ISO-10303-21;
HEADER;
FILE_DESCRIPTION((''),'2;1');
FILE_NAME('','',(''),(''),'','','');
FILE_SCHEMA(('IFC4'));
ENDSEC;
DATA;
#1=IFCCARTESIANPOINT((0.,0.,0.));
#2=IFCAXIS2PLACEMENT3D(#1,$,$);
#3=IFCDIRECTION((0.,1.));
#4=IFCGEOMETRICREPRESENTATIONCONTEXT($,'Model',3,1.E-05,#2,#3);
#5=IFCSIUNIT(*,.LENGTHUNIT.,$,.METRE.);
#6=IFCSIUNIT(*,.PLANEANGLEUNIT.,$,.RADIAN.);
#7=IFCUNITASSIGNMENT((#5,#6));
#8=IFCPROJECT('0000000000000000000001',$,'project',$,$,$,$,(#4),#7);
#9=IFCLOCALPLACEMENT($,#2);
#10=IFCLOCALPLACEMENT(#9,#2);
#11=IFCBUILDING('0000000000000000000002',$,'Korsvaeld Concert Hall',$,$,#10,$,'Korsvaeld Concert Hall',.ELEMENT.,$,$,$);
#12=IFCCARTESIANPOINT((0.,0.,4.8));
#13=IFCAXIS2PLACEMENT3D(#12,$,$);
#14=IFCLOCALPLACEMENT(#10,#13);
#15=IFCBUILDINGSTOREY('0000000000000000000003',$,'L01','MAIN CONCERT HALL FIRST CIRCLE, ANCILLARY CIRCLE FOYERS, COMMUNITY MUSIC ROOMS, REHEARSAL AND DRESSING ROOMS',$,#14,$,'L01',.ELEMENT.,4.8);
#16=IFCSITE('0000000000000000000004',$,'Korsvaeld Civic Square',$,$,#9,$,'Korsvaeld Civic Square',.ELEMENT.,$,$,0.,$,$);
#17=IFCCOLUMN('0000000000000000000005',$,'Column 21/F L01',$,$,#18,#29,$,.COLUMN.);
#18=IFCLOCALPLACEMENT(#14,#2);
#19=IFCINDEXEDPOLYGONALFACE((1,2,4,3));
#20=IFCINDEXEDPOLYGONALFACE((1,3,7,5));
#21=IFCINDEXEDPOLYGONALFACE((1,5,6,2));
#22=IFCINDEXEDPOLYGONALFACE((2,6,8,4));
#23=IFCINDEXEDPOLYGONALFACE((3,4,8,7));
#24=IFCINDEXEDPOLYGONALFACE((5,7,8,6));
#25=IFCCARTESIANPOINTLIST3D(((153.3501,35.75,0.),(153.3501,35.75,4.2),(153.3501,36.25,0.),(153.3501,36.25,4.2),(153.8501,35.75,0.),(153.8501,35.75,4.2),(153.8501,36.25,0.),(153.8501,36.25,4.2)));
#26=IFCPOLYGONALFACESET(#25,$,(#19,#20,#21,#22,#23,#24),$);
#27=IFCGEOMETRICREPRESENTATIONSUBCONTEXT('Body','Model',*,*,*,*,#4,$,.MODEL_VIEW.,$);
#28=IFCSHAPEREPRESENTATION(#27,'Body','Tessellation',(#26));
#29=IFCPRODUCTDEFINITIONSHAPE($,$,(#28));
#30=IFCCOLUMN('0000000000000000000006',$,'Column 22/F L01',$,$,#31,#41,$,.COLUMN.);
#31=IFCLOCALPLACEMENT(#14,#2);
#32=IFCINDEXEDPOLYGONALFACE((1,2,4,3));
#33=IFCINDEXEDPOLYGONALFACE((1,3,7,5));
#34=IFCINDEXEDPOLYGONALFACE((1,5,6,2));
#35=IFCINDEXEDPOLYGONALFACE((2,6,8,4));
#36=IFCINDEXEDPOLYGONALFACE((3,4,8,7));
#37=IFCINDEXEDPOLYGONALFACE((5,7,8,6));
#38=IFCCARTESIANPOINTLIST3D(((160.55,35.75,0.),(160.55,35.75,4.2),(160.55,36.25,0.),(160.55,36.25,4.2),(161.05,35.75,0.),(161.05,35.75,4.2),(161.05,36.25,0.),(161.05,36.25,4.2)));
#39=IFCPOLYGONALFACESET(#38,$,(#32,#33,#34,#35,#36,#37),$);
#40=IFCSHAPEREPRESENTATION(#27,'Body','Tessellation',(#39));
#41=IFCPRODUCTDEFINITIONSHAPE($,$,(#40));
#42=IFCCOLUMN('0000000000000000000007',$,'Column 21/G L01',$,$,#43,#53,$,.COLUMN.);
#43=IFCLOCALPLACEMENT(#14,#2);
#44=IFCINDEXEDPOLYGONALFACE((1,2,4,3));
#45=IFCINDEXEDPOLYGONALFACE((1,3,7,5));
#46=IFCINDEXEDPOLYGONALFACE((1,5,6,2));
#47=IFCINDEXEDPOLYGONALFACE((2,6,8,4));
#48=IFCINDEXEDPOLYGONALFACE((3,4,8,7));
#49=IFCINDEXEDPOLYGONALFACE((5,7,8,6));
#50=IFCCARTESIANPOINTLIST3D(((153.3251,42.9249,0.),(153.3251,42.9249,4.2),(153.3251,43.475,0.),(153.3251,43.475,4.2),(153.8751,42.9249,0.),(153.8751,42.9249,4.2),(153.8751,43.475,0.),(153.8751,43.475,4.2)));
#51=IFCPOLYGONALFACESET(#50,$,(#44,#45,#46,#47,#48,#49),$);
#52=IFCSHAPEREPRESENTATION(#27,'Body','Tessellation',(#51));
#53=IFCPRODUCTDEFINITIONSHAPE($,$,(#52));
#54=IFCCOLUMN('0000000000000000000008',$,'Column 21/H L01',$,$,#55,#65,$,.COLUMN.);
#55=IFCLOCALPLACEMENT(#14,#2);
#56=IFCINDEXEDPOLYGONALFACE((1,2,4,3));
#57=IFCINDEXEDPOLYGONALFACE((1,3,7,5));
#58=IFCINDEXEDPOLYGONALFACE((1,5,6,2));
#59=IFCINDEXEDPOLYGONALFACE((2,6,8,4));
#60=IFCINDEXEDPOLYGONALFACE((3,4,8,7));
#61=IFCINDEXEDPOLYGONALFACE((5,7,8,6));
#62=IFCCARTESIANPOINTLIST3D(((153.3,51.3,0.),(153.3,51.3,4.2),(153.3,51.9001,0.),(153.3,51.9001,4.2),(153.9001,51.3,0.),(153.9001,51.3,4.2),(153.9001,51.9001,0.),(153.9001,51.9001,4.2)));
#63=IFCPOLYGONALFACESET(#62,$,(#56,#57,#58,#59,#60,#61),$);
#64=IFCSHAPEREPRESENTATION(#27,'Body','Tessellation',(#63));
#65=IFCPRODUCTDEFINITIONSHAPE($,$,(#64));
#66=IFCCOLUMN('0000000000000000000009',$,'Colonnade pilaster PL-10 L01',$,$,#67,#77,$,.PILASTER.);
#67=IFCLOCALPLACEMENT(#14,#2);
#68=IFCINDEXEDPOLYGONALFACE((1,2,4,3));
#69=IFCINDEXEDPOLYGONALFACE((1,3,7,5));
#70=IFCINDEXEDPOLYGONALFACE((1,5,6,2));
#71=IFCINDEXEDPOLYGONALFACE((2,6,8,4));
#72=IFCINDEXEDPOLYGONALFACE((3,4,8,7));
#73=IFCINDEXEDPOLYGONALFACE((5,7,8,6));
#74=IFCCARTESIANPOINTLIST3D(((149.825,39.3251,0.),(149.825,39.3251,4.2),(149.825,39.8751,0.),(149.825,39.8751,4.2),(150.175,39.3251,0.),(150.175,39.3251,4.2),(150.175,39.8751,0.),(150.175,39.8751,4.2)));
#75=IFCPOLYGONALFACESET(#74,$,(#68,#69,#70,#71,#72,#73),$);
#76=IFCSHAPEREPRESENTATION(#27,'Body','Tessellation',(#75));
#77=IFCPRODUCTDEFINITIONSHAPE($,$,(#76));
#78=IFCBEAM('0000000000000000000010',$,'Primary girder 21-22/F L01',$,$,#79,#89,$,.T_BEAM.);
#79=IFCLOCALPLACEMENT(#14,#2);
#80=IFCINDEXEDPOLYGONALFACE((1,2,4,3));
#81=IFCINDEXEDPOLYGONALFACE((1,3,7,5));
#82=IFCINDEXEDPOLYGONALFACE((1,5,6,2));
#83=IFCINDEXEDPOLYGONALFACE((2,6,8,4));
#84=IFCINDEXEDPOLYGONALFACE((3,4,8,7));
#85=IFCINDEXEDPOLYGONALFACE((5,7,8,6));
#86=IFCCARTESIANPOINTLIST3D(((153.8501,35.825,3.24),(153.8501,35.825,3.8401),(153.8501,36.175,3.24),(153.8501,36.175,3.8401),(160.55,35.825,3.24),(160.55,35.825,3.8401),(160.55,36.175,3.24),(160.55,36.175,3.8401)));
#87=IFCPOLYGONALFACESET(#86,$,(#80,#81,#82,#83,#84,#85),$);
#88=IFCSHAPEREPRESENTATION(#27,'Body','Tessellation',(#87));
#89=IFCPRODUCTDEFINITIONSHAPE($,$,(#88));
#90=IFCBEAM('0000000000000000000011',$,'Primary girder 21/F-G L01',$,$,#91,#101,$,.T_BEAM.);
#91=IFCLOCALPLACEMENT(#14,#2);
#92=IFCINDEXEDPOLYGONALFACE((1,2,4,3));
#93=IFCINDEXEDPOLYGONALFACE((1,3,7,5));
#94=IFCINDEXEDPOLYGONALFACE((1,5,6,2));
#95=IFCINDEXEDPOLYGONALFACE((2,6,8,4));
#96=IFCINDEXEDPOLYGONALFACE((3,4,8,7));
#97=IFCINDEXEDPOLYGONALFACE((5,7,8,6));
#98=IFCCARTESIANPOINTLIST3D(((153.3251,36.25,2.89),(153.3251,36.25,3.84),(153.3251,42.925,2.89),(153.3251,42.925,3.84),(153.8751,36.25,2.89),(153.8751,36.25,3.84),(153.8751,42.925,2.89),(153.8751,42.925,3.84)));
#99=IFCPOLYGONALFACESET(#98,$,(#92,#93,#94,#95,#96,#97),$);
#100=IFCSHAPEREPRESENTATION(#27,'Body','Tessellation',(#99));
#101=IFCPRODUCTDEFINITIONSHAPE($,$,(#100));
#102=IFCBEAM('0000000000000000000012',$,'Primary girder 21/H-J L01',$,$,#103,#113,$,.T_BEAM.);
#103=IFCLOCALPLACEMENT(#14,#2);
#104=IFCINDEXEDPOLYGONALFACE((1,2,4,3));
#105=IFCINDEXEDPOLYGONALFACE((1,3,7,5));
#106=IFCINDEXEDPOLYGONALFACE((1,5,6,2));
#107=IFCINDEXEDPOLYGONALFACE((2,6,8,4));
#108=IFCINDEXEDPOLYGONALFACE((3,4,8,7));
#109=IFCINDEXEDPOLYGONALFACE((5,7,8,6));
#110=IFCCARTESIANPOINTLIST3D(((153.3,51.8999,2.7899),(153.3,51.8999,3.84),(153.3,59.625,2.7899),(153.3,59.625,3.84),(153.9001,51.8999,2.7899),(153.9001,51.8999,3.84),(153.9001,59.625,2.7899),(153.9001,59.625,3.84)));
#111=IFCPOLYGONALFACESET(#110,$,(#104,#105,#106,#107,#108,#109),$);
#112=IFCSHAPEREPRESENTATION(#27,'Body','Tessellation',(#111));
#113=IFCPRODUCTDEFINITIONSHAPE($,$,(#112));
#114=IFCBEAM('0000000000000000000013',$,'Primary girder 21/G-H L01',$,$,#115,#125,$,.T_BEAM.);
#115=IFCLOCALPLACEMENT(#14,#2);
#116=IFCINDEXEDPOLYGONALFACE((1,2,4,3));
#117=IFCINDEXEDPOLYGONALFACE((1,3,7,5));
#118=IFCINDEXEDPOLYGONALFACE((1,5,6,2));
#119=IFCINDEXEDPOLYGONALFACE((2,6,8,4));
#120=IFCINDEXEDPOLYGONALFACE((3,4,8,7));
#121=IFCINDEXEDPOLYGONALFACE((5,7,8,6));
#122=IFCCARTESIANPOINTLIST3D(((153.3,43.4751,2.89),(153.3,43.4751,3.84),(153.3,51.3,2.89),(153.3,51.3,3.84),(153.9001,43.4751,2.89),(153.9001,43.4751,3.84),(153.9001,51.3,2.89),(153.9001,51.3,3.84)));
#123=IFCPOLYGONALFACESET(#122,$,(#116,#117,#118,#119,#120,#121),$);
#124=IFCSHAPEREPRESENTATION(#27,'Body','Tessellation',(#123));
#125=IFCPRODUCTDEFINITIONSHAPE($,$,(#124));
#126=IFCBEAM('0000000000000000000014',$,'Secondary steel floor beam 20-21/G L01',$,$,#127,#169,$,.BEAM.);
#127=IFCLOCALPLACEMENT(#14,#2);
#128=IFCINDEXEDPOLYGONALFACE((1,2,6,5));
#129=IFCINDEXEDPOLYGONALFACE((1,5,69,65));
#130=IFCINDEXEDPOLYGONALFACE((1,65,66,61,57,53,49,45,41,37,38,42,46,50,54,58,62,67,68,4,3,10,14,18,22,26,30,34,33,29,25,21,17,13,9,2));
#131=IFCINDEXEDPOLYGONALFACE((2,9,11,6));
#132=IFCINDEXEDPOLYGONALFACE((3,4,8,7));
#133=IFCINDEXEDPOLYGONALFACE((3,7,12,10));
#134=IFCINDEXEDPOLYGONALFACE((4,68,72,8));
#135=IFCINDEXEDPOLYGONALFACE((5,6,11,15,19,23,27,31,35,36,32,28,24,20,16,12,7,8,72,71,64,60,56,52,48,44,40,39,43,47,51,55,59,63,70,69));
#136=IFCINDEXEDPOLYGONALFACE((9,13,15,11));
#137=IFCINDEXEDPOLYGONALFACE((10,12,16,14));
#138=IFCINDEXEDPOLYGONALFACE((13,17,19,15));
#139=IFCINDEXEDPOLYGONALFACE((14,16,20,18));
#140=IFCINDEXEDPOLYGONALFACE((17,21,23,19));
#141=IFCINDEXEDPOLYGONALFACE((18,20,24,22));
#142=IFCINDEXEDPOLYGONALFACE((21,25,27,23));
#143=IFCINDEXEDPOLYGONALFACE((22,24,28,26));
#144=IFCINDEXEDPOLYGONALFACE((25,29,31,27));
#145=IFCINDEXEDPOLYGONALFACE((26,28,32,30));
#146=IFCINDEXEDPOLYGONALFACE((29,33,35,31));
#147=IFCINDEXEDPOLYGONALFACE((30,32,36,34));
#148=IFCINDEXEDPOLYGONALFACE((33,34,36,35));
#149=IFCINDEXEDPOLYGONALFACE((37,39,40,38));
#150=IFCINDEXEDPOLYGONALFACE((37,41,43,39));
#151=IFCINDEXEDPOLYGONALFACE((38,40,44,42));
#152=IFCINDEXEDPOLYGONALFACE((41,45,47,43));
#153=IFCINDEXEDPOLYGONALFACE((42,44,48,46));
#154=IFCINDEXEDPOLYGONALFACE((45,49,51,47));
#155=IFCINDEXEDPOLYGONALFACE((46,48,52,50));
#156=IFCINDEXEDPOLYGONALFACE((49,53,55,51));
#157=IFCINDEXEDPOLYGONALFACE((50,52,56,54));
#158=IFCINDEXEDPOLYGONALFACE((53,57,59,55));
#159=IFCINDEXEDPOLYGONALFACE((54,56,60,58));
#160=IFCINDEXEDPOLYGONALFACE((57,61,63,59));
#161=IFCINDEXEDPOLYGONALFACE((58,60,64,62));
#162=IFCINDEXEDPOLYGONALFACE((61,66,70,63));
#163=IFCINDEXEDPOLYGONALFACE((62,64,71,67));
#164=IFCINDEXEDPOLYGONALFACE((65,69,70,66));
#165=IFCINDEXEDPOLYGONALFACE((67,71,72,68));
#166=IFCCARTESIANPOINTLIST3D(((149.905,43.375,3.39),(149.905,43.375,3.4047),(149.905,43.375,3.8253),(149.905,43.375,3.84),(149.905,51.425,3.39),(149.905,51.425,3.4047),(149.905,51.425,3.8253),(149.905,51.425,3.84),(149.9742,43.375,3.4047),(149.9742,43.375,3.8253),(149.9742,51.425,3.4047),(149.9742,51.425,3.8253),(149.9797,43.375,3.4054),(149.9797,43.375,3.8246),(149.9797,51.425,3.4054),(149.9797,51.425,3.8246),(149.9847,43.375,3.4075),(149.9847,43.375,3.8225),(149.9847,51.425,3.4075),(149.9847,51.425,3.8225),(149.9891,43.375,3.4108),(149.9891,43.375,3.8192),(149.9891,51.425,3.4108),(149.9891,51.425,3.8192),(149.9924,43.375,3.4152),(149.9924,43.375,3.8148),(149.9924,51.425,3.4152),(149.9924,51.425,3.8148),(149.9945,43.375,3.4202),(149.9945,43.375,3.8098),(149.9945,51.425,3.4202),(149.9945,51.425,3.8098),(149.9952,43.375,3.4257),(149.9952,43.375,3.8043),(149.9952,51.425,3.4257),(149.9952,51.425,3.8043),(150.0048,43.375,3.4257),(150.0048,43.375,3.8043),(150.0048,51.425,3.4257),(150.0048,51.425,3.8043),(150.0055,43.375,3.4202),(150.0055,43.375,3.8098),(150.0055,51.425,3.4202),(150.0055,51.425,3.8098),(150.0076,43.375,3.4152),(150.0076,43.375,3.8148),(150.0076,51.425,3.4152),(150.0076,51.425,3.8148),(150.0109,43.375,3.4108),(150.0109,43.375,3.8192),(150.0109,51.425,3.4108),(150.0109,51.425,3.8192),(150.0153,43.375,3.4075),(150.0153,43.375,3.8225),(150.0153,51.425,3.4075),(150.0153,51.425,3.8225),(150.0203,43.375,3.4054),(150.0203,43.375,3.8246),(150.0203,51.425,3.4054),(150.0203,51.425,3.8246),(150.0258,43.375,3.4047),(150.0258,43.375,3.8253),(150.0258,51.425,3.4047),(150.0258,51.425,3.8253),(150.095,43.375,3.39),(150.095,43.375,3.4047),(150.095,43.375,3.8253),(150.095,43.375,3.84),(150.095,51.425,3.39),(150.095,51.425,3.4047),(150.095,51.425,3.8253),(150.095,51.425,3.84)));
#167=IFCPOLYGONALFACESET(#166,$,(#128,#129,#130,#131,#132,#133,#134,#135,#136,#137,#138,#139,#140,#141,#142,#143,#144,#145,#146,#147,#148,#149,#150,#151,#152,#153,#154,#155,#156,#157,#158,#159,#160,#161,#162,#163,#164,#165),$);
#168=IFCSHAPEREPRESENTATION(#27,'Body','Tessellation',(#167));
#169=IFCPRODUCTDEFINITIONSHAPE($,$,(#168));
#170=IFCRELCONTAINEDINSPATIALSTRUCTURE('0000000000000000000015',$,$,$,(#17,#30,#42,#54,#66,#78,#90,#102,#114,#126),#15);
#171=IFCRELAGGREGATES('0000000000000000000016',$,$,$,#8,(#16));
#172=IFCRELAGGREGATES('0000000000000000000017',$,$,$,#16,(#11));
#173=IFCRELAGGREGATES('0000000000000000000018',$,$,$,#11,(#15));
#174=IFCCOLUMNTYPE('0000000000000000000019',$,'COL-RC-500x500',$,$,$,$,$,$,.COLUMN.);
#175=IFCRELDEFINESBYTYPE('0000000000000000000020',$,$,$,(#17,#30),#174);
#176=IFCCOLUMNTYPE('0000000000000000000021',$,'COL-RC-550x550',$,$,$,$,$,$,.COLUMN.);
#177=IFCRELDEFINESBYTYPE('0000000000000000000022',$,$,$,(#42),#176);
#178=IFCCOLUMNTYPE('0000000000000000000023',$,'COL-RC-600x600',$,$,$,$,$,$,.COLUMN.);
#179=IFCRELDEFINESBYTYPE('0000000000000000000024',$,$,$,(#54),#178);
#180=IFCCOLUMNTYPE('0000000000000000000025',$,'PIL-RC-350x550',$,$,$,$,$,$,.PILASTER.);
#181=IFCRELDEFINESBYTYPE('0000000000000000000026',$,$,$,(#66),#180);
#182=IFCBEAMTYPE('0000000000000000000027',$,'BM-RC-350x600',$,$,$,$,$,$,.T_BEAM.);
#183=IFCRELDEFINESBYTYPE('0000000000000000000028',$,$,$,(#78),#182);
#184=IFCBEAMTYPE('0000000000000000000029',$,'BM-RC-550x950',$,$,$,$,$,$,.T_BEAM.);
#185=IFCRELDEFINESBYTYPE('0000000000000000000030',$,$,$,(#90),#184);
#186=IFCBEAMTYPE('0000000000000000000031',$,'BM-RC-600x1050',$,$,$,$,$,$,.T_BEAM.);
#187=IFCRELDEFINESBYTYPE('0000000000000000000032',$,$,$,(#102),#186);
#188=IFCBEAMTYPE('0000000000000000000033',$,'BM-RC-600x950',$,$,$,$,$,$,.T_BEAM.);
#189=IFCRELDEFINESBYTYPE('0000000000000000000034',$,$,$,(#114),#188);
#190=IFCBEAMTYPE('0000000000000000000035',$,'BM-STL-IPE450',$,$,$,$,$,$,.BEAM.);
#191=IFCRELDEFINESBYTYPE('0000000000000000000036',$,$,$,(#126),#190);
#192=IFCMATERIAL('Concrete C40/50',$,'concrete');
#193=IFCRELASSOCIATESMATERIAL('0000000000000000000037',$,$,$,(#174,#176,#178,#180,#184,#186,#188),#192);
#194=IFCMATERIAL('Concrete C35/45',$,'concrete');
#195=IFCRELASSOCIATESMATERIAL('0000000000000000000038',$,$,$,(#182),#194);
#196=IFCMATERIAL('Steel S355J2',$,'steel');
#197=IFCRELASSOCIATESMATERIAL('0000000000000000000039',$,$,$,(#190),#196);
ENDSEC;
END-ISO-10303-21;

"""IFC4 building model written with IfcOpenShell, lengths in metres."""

from ifc_helpers import new_model, si_unit, direction, frame, origin, origin_2d, place, context, subcontext, project, spatial, rectangle, i_section, extrude, material, material_profile, profile_set, type_object, element, save


model = new_model("IFC4")

# Units and contexts
model_context = context("Model", 3, precision=1e-05, world=origin(), true_north=direction((0.0, 1.0)))
body_context = subcontext(model_context, "Body", "Model", "MODEL_VIEW")
ifc_project = project(units=[si_unit("LENGTHUNIT", "METRE"), si_unit("PLANEANGLEUNIT", "RADIAN")], contexts=[model_context])

# Site, building, storey
site_placement = place(None, origin())
site = spatial("IfcSite", under=ifc_project, at=site_placement, Name="Korsvaeld Civic Square", LongName="Korsvaeld Civic Square", CompositionType="ELEMENT", RefElevation=0.0)
building_placement = place(site_placement, origin())
building = spatial("IfcBuilding", under=site, at=building_placement, Name="Korsvaeld Concert Hall", LongName="Korsvaeld Concert Hall", CompositionType="ELEMENT")
storey_placement = place(building_placement, frame((0.0, 0.0, 4.8)))
storey = spatial("IfcBuildingStorey", under=building, at=storey_placement, Name="L01", Description="MAIN CONCERT HALL FIRST CIRCLE, ANCILLARY CIRCLE FOYERS, COMMUNITY MUSIC ROOMS, REHEARSAL AND DRESSING ROOMS", LongName="L01", CompositionType="ELEMENT", Elevation=4.8)

# Columns
ifc_material_1 = material(Name="Concrete C40/50", Category="concrete")
ifc_material_profile_1 = material_profile(ifc_material_1, rectangle(XDim=0.5, YDim=0.5, at=origin_2d()), Name="RC 500x500")
ifc_profile_set_1 = profile_set([ifc_material_profile_1], Name="Concrete C40/50")
column_type_1 = type_object("IfcColumnType", Name="COL-RC-500x500", PredefinedType="COLUMN", material=ifc_profile_set_1)
for number, where, z_axis, x_axis, name in (
    (1, (153.6001, 36.0, 0.0), (0.0, 0.0, 1.0), (1.0, 0.0, 0.0), "Column 21/F L01"),
    (2, (160.8, 36.0, 0.0), (0.0, 0.0, 1.0), (1.0, 0.0, 0.0), "Column 22/F L01"),
):
    element("IfcColumn", number, at=place(storey_placement, frame(where, z_axis=z_axis, x_axis=x_axis)), inside=storey, type_object=column_type_1, Name=name, PredefinedType="COLUMN", context=body_context, shape_type="SweptSolid", body=[
        extrude(rectangle(XDim=0.5, YDim=0.5, at=origin_2d()), origin(), (0.0, 0.0, 1.0), 4.2),
    ])
ifc_material_profile_2 = material_profile(ifc_material_1, rectangle(XDim=0.55, YDim=0.55, at=origin_2d()), Name="RC 550x550")
ifc_profile_set_2 = profile_set([ifc_material_profile_2], Name="Concrete C40/50")
column_type_2 = type_object("IfcColumnType", Name="COL-RC-550x550", PredefinedType="COLUMN", material=ifc_profile_set_2)
column_1_placement = place(storey_placement, frame((153.6001, 43.2, 0.0), z_axis=(0.0, 0.0, 1.0), x_axis=(1.0, 0.0, 0.0)))
element("IfcColumn", 3, at=column_1_placement, inside=storey, type_object=column_type_2, Name="Column 21/G L01", PredefinedType="COLUMN", context=body_context, shape_type="SweptSolid", body=[
    extrude(rectangle(XDim=0.55, YDim=0.55, at=origin_2d()), origin(), (0.0, 0.0, 1.0), 4.2),
])
ifc_material_profile_3 = material_profile(ifc_material_1, rectangle(XDim=0.6001, YDim=0.6001, at=origin_2d()), Name="RC 600x600")
ifc_profile_set_3 = profile_set([ifc_material_profile_3], Name="Concrete C40/50")
column_type_3 = type_object("IfcColumnType", Name="COL-RC-600x600", PredefinedType="COLUMN", material=ifc_profile_set_3)
column_2_placement = place(storey_placement, frame((153.6001, 51.6001, 0.0), z_axis=(0.0, 0.0, 1.0), x_axis=(1.0, 0.0, 0.0)))
element("IfcColumn", 4, at=column_2_placement, inside=storey, type_object=column_type_3, Name="Column 21/H L01", PredefinedType="COLUMN", context=body_context, shape_type="SweptSolid", body=[
    extrude(rectangle(XDim=0.6001, YDim=0.6001, at=origin_2d()), origin(), (0.0, 0.0, 1.0), 4.2),
])
ifc_material_profile_4 = material_profile(ifc_material_1, rectangle(XDim=0.3501, YDim=0.55, at=origin_2d()), Name="RC 350x550")
ifc_profile_set_4 = profile_set([ifc_material_profile_4], Name="Concrete C40/50")
column_type_4 = type_object("IfcColumnType", Name="PIL-RC-350x550", PredefinedType="PILASTER", material=ifc_profile_set_4)
column_3_placement = place(storey_placement, frame((150.0, 39.6001, 0.0), z_axis=(0.0, 0.0, 1.0), x_axis=(1.0, 0.0, 0.0)))
element("IfcColumn", 5, at=column_3_placement, inside=storey, type_object=column_type_4, Name="Colonnade pilaster PL-10 L01", PredefinedType="PILASTER", context=body_context, shape_type="SweptSolid", body=[
    extrude(rectangle(XDim=0.3501, YDim=0.55, at=origin_2d()), origin(), (0.0, 0.0, 1.0), 4.2),
])

# Beams
ifc_material_2 = material(Name="Concrete C35/45", Category="concrete")
ifc_material_profile_5 = material_profile(ifc_material_2, rectangle(XDim=0.3501, YDim=0.6001, at=origin_2d()), Name="RC 350x600")
ifc_profile_set_5 = profile_set([ifc_material_profile_5], Name="Concrete C35/45")
beam_type_1 = type_object("IfcBeamType", Name="BM-RC-350x600", PredefinedType="T_BEAM", material=ifc_profile_set_5)
beam_1_placement = place(storey_placement, frame((153.8501, 36.0, 3.54), z_axis=(1.0, 0.0, 0.0), x_axis=(0.0, 1.0, 0.0)))
element("IfcBeam", 6, at=beam_1_placement, inside=storey, type_object=beam_type_1, Name="Primary girder 21-22/F L01", PredefinedType="T_BEAM", context=body_context, shape_type="SweptSolid", body=[
    extrude(rectangle(XDim=0.3501, YDim=0.6001, at=origin_2d()), origin(), (0.0, 0.0, 1.0), 6.7),
])
ifc_material_profile_6 = material_profile(ifc_material_1, rectangle(XDim=0.55, YDim=0.95, at=origin_2d()), Name="RC 550x950")
ifc_profile_set_6 = profile_set([ifc_material_profile_6], Name="Concrete C40/50")
beam_type_2 = type_object("IfcBeamType", Name="BM-RC-550x950", PredefinedType="T_BEAM", material=ifc_profile_set_6)
beam_2_placement = place(storey_placement, frame((153.6001, 36.25, 3.365), z_axis=(0.0, 1.0, 0.0), x_axis=(-1.0, 0.0, 0.0)))
element("IfcBeam", 7, at=beam_2_placement, inside=storey, type_object=beam_type_2, Name="Primary girder 21/F-G L01", PredefinedType="T_BEAM", context=body_context, shape_type="SweptSolid", body=[
    extrude(rectangle(XDim=0.55, YDim=0.95, at=origin_2d()), origin(), (0.0, 0.0, 1.0), 6.675),
])
ifc_material_profile_7 = material_profile(ifc_material_1, rectangle(XDim=0.6001, YDim=1.05, at=origin_2d()), Name="RC 600x1050")
ifc_profile_set_7 = profile_set([ifc_material_profile_7], Name="Concrete C40/50")
beam_type_3 = type_object("IfcBeamType", Name="BM-RC-600x1050", PredefinedType="T_BEAM", material=ifc_profile_set_7)
beam_3_placement = place(storey_placement, frame((153.6001, 51.8999, 3.3149), z_axis=(0.0, 1.0, 0.0), x_axis=(-1.0, 0.0, 0.0)))
element("IfcBeam", 8, at=beam_3_placement, inside=storey, type_object=beam_type_3, Name="Primary girder 21/H-J L01", PredefinedType="T_BEAM", context=body_context, shape_type="SweptSolid", body=[
    extrude(rectangle(XDim=0.6001, YDim=1.05, at=origin_2d()), origin(), (0.0, 0.0, 1.0), 7.7251),
])
ifc_material_profile_8 = material_profile(ifc_material_1, rectangle(XDim=0.6001, YDim=0.95, at=origin_2d()), Name="RC 600x950")
ifc_profile_set_8 = profile_set([ifc_material_profile_8], Name="Concrete C40/50")
beam_type_4 = type_object("IfcBeamType", Name="BM-RC-600x950", PredefinedType="T_BEAM", material=ifc_profile_set_8)
beam_4_placement = place(storey_placement, frame((153.6001, 43.4751, 3.365), z_axis=(0.0, 1.0, 0.0), x_axis=(-1.0, 0.0, 0.0)))
element("IfcBeam", 9, at=beam_4_placement, inside=storey, type_object=beam_type_4, Name="Primary girder 21/G-H L01", PredefinedType="T_BEAM", context=body_context, shape_type="SweptSolid", body=[
    extrude(rectangle(XDim=0.6001, YDim=0.95, at=origin_2d()), origin(), (0.0, 0.0, 1.0), 7.825),
])
ifc_material_3 = material(Name="Steel S355J2", Category="steel")
ifc_material_profile_9 = material_profile(ifc_material_3, i_section(OverallWidth=0.1899, OverallDepth=0.45, WebThickness=0.0095, FlangeThickness=0.0146, FilletRadius=0.021, at=origin_2d()), Name="IPE 450")
ifc_profile_set_9 = profile_set([ifc_material_profile_9], Name="Steel S355J2")
beam_type_5 = type_object("IfcBeamType", Name="BM-STL-IPE450", PredefinedType="BEAM", material=ifc_profile_set_9)
beam_5_placement = place(storey_placement, frame((150.0, 43.375, 3.615), z_axis=(0.0, 1.0, 0.0), x_axis=(-1.0, 0.0, 0.0)))
element("IfcBeam", 10, at=beam_5_placement, inside=storey, type_object=beam_type_5, Name="Secondary steel floor beam 20-21/G L01", PredefinedType="BEAM", context=body_context, shape_type="SweptSolid", body=[
    extrude(i_section(OverallWidth=0.1899, OverallDepth=0.45, WebThickness=0.0095, FlangeThickness=0.0146, FilletRadius=0.021, at=origin_2d()), origin(), (0.0, 0.0, 1.0), 8.05),
])

save(model, "model.ifc")
